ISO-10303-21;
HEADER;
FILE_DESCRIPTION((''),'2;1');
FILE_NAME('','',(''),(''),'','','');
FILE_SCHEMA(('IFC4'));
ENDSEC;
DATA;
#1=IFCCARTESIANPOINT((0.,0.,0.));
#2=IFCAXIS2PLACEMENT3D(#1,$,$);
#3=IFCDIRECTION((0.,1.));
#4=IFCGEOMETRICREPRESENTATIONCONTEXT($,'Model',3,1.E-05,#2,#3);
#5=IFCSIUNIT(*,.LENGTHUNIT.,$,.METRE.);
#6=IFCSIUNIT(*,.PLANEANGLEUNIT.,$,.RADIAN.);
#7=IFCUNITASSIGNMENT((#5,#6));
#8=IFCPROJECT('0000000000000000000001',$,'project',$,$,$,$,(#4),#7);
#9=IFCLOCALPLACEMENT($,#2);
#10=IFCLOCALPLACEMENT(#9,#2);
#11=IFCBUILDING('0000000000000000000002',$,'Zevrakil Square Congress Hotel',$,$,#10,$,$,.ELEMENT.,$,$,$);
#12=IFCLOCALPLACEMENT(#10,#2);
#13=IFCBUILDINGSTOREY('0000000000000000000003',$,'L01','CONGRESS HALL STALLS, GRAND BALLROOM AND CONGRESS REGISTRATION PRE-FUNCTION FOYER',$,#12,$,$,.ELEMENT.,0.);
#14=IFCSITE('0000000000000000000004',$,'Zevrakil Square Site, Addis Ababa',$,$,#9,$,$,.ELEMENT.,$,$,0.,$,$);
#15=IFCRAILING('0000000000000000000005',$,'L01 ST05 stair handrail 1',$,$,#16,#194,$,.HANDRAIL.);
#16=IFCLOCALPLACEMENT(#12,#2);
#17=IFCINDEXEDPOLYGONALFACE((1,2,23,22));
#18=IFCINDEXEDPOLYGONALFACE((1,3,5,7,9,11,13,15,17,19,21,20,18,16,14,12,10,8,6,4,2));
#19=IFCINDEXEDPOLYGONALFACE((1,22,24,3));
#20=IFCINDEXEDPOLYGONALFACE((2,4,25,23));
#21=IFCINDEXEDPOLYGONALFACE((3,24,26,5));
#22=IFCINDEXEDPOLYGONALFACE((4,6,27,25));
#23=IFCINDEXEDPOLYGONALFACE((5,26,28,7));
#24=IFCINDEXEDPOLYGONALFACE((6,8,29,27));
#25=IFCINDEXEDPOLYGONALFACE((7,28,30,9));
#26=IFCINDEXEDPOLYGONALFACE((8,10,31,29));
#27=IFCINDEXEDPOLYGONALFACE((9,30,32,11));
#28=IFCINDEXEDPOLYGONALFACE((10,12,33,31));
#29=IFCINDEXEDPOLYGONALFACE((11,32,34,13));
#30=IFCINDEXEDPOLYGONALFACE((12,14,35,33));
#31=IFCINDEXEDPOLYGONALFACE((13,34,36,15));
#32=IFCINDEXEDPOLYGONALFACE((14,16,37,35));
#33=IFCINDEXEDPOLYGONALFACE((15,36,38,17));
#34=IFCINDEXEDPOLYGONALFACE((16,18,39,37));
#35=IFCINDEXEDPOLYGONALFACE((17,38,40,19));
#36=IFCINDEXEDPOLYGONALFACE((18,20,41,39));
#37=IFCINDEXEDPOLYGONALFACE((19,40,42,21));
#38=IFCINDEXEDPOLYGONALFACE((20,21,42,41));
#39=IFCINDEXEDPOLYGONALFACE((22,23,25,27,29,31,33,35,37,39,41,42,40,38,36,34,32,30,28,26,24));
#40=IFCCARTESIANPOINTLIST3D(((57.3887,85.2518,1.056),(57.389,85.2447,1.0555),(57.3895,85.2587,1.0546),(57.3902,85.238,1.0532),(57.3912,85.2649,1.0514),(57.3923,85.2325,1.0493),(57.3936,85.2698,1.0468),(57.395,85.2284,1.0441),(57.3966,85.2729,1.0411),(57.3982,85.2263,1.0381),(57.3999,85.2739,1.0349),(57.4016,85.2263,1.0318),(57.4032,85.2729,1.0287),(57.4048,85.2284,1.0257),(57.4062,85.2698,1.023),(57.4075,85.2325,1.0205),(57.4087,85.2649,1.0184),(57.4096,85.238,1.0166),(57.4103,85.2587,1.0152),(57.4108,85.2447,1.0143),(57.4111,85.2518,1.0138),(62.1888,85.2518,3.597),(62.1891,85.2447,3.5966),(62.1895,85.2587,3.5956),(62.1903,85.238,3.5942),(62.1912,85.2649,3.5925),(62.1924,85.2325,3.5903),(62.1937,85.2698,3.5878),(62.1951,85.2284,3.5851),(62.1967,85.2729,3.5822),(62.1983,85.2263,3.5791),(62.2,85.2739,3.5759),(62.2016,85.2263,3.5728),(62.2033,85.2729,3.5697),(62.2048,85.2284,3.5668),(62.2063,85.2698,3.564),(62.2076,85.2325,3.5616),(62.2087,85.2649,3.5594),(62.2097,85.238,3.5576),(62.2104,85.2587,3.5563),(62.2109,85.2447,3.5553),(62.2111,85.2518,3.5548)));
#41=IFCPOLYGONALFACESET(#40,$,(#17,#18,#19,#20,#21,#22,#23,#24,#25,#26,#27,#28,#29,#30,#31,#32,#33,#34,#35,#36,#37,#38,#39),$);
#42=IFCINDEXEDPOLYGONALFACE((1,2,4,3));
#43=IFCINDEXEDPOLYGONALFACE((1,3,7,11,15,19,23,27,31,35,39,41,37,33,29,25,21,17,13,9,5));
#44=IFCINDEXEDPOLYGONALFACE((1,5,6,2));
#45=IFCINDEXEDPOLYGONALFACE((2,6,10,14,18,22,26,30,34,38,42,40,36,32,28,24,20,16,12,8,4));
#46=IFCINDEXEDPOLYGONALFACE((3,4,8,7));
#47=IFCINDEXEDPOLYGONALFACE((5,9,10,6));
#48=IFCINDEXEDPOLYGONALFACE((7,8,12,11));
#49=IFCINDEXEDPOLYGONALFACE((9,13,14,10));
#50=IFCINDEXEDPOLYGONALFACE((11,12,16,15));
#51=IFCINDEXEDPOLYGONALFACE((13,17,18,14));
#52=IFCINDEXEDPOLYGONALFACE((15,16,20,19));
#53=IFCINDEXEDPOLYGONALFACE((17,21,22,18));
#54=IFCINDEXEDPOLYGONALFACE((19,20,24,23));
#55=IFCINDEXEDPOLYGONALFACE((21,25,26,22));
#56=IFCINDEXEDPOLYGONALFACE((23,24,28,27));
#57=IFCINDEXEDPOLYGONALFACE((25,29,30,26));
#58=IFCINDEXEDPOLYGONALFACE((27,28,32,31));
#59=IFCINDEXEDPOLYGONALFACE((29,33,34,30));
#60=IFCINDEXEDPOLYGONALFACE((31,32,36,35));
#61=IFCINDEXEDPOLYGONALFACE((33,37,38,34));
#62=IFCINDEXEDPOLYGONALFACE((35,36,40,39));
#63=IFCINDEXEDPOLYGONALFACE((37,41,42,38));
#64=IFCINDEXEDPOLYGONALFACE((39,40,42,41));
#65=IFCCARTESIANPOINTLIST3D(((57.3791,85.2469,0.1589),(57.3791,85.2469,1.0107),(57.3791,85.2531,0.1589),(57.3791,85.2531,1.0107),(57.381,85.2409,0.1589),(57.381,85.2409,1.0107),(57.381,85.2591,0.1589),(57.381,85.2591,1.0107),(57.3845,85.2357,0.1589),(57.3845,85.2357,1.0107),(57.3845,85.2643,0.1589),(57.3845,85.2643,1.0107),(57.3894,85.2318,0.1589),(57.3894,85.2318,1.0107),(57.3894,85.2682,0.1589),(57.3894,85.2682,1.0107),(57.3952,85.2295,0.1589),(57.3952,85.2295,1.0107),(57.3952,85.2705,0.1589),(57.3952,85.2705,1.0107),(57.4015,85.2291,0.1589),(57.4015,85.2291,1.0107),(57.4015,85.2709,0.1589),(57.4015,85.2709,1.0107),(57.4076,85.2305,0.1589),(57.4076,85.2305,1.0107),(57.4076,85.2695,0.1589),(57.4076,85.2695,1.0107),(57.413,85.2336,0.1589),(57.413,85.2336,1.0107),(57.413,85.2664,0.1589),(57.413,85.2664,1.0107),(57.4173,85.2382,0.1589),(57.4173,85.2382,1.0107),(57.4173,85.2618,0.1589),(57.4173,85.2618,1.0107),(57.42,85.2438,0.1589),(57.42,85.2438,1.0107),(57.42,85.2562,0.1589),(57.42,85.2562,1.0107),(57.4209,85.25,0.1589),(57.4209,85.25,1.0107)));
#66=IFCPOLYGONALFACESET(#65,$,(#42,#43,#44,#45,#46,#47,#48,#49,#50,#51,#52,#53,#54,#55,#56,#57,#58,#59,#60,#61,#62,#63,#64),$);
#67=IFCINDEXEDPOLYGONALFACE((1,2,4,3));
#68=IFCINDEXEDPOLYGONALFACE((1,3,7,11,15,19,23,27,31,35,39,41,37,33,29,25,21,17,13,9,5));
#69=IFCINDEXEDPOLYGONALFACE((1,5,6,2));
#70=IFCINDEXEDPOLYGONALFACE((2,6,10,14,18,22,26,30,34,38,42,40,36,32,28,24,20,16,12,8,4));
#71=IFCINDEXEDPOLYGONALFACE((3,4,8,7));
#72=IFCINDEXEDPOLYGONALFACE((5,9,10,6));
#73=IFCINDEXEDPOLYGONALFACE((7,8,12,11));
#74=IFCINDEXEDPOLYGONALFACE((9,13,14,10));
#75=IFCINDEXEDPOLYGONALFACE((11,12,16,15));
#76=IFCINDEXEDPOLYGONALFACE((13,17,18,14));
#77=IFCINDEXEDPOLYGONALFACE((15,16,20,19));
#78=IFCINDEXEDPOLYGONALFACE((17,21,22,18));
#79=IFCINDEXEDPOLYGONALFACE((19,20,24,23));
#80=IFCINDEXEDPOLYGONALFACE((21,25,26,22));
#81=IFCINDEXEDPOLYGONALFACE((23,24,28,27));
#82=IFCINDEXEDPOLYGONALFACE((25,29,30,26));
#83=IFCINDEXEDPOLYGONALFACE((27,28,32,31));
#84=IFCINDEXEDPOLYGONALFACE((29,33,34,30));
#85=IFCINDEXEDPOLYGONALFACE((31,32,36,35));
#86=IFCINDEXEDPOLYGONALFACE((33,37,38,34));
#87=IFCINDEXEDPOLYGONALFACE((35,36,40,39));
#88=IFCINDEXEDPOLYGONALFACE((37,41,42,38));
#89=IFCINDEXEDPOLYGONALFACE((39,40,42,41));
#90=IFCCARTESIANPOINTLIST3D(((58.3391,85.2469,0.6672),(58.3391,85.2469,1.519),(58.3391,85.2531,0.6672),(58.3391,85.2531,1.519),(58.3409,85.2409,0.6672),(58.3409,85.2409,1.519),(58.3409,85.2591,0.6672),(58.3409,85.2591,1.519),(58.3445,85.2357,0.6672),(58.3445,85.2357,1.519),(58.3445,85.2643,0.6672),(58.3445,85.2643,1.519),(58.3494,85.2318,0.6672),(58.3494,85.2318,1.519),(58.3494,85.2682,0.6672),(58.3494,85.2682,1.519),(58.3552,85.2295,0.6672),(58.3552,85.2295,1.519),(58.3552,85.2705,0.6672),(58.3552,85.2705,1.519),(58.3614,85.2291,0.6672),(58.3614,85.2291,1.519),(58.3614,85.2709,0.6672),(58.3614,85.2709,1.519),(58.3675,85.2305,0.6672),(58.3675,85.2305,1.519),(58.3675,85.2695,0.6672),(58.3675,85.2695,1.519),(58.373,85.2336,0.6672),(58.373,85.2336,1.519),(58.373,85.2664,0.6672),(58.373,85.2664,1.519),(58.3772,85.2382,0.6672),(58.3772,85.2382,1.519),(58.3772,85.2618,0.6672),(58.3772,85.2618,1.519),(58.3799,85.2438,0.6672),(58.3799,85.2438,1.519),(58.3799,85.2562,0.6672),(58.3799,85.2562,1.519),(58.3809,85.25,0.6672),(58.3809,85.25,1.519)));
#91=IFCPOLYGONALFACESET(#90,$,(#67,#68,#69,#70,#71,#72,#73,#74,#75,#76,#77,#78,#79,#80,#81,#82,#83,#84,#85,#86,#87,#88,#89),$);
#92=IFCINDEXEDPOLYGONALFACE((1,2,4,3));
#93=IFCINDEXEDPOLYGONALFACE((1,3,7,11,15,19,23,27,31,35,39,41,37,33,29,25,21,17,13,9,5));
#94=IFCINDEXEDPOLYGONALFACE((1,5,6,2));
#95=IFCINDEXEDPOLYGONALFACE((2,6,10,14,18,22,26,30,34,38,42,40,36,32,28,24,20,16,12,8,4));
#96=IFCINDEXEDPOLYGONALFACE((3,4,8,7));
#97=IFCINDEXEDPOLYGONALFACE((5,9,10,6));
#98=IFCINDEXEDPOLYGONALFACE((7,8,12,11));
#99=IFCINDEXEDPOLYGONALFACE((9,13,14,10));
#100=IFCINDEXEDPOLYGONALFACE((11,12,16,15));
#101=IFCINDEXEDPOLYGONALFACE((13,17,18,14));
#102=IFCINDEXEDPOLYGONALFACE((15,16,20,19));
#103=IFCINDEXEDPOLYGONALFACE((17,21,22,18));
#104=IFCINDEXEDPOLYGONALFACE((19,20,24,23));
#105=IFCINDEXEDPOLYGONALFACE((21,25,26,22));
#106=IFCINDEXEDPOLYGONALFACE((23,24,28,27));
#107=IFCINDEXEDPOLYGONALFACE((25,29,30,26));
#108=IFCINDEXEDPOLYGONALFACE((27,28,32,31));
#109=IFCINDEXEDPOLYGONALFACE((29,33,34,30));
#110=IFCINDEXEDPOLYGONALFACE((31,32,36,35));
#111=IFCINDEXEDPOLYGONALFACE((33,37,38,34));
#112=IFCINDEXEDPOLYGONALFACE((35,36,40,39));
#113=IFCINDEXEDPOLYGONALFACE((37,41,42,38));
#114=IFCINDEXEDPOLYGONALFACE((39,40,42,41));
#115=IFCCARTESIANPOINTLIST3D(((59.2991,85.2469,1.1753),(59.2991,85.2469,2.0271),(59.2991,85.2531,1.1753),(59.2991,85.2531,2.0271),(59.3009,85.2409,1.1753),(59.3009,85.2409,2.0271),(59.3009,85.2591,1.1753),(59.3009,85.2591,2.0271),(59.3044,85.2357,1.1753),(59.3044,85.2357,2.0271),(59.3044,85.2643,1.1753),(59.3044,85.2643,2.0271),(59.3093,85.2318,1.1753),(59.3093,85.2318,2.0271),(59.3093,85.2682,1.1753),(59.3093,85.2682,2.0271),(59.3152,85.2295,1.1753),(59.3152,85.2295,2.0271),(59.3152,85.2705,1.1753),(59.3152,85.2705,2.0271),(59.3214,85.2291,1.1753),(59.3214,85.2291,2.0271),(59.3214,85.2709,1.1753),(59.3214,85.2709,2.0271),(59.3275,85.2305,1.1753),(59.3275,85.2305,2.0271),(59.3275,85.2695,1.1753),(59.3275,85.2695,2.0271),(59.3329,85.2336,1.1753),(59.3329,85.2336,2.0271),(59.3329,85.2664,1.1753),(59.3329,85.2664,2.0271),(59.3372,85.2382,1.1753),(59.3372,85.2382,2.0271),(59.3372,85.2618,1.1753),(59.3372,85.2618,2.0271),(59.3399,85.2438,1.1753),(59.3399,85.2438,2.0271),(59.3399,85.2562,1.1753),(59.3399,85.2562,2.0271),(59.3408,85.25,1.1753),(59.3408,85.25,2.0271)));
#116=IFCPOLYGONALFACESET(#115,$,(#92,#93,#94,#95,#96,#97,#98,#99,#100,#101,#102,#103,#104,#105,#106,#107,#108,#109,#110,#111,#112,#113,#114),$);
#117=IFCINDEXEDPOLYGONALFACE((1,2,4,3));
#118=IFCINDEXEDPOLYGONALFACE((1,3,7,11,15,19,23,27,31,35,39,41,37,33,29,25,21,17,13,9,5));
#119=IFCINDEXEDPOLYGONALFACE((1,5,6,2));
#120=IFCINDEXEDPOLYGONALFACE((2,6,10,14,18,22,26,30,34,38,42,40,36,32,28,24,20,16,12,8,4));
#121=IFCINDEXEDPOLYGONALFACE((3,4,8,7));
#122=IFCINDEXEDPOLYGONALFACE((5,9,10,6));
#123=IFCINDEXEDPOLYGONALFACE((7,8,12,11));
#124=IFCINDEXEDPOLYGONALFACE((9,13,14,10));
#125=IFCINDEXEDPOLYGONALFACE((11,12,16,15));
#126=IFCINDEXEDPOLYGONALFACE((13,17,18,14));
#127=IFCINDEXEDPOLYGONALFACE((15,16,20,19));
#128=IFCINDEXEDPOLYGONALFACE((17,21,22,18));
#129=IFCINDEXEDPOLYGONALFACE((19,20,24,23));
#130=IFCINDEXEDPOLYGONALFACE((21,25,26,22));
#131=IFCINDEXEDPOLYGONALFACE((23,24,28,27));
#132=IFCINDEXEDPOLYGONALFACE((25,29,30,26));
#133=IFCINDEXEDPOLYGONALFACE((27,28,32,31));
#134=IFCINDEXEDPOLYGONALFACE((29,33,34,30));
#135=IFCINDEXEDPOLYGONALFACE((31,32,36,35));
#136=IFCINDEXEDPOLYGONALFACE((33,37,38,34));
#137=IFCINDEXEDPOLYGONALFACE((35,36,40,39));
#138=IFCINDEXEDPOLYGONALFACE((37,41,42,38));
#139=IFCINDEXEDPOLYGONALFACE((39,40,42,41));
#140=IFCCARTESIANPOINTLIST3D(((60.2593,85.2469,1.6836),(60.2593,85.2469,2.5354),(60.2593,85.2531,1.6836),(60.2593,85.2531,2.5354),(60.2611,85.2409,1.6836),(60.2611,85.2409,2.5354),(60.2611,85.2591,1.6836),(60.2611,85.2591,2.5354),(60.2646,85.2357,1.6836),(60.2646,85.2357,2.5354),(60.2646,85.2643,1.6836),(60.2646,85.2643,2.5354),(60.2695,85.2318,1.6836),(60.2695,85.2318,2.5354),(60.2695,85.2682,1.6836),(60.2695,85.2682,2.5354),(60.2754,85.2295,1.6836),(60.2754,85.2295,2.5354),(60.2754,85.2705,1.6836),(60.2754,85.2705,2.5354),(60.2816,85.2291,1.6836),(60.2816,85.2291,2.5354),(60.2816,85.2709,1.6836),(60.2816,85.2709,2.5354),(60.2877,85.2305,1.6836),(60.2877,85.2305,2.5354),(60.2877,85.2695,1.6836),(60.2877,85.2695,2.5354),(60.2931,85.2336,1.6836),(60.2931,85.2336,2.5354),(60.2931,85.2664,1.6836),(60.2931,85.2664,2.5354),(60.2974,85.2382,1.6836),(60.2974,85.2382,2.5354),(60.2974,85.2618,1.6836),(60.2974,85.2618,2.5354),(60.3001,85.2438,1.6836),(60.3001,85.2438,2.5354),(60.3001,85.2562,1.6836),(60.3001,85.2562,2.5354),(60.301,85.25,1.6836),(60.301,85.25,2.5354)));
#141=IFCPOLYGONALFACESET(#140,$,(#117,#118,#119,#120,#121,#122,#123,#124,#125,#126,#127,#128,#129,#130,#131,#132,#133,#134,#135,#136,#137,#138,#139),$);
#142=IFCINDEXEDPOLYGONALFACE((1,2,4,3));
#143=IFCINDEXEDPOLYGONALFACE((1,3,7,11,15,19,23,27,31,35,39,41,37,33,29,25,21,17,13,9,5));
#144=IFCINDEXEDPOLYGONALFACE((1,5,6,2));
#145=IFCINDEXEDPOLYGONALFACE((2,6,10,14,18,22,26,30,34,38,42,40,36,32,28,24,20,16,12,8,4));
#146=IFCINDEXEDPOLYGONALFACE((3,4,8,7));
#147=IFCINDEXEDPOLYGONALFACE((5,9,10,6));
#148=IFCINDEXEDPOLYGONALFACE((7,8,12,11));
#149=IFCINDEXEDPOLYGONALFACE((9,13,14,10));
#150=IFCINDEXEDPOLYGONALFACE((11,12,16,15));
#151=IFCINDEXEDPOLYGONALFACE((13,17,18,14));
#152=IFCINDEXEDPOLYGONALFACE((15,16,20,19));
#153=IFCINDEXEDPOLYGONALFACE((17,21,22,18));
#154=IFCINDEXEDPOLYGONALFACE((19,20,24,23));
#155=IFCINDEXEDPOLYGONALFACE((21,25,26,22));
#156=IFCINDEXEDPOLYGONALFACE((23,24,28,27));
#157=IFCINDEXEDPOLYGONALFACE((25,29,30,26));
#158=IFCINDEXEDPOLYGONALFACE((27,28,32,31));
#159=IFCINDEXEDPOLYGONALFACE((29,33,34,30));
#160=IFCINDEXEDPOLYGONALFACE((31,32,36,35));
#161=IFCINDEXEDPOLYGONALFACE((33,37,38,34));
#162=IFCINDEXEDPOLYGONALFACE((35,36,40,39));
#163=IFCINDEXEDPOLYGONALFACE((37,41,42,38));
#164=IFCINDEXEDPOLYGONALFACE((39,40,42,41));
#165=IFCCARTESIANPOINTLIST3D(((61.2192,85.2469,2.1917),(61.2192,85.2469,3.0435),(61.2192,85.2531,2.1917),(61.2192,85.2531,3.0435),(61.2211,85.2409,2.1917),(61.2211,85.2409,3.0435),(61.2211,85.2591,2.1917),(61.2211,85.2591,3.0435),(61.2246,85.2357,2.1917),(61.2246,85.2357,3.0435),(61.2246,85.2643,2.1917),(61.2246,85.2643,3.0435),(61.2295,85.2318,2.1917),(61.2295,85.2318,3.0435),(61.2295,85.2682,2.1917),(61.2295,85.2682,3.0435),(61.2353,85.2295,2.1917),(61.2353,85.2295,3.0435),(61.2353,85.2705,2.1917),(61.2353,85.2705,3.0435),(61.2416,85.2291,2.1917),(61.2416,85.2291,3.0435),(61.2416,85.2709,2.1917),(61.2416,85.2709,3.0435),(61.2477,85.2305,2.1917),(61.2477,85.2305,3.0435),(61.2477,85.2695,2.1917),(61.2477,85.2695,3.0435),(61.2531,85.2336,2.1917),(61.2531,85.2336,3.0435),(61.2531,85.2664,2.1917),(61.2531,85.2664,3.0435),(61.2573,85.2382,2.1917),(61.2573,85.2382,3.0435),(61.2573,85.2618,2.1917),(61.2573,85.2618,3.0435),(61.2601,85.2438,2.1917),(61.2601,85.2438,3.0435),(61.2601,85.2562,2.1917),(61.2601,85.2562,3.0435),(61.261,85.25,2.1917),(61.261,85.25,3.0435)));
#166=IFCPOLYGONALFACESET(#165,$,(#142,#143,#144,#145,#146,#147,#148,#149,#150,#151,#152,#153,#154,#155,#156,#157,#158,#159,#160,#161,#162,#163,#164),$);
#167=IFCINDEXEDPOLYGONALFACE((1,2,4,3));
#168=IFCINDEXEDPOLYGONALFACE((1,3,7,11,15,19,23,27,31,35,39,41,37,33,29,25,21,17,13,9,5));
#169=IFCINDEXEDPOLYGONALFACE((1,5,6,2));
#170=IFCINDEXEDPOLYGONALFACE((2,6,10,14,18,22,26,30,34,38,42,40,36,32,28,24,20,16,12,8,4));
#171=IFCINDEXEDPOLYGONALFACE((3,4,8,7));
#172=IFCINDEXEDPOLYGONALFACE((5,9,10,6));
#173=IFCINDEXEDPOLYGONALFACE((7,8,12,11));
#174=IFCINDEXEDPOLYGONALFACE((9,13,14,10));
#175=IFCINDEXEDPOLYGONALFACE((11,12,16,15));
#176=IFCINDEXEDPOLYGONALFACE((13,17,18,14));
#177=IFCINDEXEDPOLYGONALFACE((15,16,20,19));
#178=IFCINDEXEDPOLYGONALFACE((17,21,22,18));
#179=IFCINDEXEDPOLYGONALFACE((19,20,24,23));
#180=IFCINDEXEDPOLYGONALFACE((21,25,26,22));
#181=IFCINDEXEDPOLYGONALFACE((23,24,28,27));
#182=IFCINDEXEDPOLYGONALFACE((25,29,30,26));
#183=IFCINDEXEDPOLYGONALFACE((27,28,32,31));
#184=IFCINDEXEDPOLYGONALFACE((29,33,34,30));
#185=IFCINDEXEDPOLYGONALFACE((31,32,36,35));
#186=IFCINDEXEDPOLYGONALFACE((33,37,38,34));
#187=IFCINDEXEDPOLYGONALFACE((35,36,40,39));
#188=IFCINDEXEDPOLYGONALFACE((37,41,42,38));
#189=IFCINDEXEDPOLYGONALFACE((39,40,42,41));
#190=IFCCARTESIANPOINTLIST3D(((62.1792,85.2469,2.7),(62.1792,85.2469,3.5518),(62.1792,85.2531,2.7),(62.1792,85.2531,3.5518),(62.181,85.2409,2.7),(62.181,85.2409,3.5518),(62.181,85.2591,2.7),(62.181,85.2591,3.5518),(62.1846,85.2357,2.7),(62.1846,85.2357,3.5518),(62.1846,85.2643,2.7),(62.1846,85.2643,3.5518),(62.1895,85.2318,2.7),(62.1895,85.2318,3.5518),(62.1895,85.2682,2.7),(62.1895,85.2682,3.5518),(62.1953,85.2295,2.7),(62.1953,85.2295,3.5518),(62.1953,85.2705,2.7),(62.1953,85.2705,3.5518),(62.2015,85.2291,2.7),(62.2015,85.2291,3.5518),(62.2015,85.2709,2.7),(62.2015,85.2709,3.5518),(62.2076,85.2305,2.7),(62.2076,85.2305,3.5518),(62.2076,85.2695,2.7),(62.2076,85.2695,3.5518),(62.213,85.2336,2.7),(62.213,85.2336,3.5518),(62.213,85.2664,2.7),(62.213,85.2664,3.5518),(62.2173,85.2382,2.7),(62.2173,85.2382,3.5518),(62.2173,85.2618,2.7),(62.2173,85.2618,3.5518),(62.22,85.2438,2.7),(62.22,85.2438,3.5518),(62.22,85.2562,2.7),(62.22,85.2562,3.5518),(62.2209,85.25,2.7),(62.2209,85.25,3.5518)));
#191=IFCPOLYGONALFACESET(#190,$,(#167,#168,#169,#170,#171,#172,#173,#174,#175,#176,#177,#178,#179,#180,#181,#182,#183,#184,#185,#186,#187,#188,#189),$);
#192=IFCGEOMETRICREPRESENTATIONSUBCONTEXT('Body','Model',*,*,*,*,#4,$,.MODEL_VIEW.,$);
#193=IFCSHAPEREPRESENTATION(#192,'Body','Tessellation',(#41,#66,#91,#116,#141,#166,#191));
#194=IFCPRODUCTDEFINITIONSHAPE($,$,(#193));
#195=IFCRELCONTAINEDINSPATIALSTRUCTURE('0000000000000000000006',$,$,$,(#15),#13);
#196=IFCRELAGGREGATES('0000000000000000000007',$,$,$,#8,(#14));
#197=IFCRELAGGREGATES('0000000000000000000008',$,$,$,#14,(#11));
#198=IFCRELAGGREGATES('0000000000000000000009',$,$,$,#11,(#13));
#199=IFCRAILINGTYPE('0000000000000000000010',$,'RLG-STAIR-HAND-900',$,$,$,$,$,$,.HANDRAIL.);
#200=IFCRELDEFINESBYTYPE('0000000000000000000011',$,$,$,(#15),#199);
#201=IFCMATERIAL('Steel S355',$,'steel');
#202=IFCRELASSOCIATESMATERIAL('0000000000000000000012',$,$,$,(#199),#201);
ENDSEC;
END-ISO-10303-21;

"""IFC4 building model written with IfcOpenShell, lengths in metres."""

from ifc_helpers import new_model, si_unit, direction, frame, origin, origin_2d, place, context, subcontext, project, spatial, circle, extrude, material, type_object, element, save


model = new_model("IFC4")

# Units and contexts
model_context = context("Model", 3, precision=1e-05, world=origin(), true_north=direction((0.0, 1.0)))
body_context = subcontext(model_context, "Body", "Model", "MODEL_VIEW")
ifc_project = project(units=[si_unit("LENGTHUNIT", "METRE"), si_unit("PLANEANGLEUNIT", "RADIAN")], contexts=[model_context])

# Site, building, storey
site_placement = place(None, origin())
site = spatial("IfcSite", under=ifc_project, at=site_placement, Name="Zevrakil Square Site, Addis Ababa", CompositionType="ELEMENT", RefElevation=0.0)
building_placement = place(site_placement, origin())
building = spatial("IfcBuilding", under=site, at=building_placement, Name="Zevrakil Square Congress Hotel", CompositionType="ELEMENT")
storey_placement = place(building_placement, origin())
storey = spatial("IfcBuildingStorey", under=building, at=storey_placement, Name="L01", Description="CONGRESS HALL STALLS, GRAND BALLROOM AND CONGRESS REGISTRATION PRE-FUNCTION FOYER", CompositionType="ELEMENT", Elevation=0.0)

# Railing
ifc_material_1 = material(Name="Steel S355", Category="steel")
railing_type_1 = type_object("IfcRailingType", Name="RLG-STAIR-HAND-900", PredefinedType="HANDRAIL", material=ifc_material_1)
railing_1_placement = place(storey_placement, frame((57.3999, 85.25, 0.1589)))
element("IfcRailing", 1, at=railing_1_placement, inside=storey, type_object=railing_type_1, Name="L01 ST05 stair handrail 1", PredefinedType="HANDRAIL", context=body_context, shape_type="SweptSolid", body=[
    extrude(circle(Radius=0.0239, at=origin_2d()), frame((0.0, 0.0, 0.876), z_axis=(0.883802, 0.0, 0.467861), x_axis=(0.0, 1.0, 0.0)), (0.0, 0.0, 1.0), 5.4312),
    extrude(circle(Radius=0.021, at=origin_2d()), origin(), (0.0, 0.0, 1.0), 0.8518),
    extrude(circle(Radius=0.021, at=origin_2d()), frame((0.96, 0.0, 0.5083)), (0.0, 0.0, 1.0), 0.8518),
    extrude(circle(Radius=0.021, at=origin_2d()), frame((1.9199, 0.0, 1.0164)), (0.0, 0.0, 1.0), 0.8518),
    extrude(circle(Radius=0.021, at=origin_2d()), frame((2.8801, 0.0, 1.5247)), (0.0, 0.0, 1.0), 0.8518),
    extrude(circle(Radius=0.021, at=origin_2d()), frame((3.8401, 0.0, 2.0327)), (0.0, 0.0, 1.0), 0.8518),
    extrude(circle(Radius=0.021, at=origin_2d()), frame((4.8, 0.0, 2.541)), (0.0, 0.0, 1.0), 0.8518),
])

save(model, "model.ifc")
